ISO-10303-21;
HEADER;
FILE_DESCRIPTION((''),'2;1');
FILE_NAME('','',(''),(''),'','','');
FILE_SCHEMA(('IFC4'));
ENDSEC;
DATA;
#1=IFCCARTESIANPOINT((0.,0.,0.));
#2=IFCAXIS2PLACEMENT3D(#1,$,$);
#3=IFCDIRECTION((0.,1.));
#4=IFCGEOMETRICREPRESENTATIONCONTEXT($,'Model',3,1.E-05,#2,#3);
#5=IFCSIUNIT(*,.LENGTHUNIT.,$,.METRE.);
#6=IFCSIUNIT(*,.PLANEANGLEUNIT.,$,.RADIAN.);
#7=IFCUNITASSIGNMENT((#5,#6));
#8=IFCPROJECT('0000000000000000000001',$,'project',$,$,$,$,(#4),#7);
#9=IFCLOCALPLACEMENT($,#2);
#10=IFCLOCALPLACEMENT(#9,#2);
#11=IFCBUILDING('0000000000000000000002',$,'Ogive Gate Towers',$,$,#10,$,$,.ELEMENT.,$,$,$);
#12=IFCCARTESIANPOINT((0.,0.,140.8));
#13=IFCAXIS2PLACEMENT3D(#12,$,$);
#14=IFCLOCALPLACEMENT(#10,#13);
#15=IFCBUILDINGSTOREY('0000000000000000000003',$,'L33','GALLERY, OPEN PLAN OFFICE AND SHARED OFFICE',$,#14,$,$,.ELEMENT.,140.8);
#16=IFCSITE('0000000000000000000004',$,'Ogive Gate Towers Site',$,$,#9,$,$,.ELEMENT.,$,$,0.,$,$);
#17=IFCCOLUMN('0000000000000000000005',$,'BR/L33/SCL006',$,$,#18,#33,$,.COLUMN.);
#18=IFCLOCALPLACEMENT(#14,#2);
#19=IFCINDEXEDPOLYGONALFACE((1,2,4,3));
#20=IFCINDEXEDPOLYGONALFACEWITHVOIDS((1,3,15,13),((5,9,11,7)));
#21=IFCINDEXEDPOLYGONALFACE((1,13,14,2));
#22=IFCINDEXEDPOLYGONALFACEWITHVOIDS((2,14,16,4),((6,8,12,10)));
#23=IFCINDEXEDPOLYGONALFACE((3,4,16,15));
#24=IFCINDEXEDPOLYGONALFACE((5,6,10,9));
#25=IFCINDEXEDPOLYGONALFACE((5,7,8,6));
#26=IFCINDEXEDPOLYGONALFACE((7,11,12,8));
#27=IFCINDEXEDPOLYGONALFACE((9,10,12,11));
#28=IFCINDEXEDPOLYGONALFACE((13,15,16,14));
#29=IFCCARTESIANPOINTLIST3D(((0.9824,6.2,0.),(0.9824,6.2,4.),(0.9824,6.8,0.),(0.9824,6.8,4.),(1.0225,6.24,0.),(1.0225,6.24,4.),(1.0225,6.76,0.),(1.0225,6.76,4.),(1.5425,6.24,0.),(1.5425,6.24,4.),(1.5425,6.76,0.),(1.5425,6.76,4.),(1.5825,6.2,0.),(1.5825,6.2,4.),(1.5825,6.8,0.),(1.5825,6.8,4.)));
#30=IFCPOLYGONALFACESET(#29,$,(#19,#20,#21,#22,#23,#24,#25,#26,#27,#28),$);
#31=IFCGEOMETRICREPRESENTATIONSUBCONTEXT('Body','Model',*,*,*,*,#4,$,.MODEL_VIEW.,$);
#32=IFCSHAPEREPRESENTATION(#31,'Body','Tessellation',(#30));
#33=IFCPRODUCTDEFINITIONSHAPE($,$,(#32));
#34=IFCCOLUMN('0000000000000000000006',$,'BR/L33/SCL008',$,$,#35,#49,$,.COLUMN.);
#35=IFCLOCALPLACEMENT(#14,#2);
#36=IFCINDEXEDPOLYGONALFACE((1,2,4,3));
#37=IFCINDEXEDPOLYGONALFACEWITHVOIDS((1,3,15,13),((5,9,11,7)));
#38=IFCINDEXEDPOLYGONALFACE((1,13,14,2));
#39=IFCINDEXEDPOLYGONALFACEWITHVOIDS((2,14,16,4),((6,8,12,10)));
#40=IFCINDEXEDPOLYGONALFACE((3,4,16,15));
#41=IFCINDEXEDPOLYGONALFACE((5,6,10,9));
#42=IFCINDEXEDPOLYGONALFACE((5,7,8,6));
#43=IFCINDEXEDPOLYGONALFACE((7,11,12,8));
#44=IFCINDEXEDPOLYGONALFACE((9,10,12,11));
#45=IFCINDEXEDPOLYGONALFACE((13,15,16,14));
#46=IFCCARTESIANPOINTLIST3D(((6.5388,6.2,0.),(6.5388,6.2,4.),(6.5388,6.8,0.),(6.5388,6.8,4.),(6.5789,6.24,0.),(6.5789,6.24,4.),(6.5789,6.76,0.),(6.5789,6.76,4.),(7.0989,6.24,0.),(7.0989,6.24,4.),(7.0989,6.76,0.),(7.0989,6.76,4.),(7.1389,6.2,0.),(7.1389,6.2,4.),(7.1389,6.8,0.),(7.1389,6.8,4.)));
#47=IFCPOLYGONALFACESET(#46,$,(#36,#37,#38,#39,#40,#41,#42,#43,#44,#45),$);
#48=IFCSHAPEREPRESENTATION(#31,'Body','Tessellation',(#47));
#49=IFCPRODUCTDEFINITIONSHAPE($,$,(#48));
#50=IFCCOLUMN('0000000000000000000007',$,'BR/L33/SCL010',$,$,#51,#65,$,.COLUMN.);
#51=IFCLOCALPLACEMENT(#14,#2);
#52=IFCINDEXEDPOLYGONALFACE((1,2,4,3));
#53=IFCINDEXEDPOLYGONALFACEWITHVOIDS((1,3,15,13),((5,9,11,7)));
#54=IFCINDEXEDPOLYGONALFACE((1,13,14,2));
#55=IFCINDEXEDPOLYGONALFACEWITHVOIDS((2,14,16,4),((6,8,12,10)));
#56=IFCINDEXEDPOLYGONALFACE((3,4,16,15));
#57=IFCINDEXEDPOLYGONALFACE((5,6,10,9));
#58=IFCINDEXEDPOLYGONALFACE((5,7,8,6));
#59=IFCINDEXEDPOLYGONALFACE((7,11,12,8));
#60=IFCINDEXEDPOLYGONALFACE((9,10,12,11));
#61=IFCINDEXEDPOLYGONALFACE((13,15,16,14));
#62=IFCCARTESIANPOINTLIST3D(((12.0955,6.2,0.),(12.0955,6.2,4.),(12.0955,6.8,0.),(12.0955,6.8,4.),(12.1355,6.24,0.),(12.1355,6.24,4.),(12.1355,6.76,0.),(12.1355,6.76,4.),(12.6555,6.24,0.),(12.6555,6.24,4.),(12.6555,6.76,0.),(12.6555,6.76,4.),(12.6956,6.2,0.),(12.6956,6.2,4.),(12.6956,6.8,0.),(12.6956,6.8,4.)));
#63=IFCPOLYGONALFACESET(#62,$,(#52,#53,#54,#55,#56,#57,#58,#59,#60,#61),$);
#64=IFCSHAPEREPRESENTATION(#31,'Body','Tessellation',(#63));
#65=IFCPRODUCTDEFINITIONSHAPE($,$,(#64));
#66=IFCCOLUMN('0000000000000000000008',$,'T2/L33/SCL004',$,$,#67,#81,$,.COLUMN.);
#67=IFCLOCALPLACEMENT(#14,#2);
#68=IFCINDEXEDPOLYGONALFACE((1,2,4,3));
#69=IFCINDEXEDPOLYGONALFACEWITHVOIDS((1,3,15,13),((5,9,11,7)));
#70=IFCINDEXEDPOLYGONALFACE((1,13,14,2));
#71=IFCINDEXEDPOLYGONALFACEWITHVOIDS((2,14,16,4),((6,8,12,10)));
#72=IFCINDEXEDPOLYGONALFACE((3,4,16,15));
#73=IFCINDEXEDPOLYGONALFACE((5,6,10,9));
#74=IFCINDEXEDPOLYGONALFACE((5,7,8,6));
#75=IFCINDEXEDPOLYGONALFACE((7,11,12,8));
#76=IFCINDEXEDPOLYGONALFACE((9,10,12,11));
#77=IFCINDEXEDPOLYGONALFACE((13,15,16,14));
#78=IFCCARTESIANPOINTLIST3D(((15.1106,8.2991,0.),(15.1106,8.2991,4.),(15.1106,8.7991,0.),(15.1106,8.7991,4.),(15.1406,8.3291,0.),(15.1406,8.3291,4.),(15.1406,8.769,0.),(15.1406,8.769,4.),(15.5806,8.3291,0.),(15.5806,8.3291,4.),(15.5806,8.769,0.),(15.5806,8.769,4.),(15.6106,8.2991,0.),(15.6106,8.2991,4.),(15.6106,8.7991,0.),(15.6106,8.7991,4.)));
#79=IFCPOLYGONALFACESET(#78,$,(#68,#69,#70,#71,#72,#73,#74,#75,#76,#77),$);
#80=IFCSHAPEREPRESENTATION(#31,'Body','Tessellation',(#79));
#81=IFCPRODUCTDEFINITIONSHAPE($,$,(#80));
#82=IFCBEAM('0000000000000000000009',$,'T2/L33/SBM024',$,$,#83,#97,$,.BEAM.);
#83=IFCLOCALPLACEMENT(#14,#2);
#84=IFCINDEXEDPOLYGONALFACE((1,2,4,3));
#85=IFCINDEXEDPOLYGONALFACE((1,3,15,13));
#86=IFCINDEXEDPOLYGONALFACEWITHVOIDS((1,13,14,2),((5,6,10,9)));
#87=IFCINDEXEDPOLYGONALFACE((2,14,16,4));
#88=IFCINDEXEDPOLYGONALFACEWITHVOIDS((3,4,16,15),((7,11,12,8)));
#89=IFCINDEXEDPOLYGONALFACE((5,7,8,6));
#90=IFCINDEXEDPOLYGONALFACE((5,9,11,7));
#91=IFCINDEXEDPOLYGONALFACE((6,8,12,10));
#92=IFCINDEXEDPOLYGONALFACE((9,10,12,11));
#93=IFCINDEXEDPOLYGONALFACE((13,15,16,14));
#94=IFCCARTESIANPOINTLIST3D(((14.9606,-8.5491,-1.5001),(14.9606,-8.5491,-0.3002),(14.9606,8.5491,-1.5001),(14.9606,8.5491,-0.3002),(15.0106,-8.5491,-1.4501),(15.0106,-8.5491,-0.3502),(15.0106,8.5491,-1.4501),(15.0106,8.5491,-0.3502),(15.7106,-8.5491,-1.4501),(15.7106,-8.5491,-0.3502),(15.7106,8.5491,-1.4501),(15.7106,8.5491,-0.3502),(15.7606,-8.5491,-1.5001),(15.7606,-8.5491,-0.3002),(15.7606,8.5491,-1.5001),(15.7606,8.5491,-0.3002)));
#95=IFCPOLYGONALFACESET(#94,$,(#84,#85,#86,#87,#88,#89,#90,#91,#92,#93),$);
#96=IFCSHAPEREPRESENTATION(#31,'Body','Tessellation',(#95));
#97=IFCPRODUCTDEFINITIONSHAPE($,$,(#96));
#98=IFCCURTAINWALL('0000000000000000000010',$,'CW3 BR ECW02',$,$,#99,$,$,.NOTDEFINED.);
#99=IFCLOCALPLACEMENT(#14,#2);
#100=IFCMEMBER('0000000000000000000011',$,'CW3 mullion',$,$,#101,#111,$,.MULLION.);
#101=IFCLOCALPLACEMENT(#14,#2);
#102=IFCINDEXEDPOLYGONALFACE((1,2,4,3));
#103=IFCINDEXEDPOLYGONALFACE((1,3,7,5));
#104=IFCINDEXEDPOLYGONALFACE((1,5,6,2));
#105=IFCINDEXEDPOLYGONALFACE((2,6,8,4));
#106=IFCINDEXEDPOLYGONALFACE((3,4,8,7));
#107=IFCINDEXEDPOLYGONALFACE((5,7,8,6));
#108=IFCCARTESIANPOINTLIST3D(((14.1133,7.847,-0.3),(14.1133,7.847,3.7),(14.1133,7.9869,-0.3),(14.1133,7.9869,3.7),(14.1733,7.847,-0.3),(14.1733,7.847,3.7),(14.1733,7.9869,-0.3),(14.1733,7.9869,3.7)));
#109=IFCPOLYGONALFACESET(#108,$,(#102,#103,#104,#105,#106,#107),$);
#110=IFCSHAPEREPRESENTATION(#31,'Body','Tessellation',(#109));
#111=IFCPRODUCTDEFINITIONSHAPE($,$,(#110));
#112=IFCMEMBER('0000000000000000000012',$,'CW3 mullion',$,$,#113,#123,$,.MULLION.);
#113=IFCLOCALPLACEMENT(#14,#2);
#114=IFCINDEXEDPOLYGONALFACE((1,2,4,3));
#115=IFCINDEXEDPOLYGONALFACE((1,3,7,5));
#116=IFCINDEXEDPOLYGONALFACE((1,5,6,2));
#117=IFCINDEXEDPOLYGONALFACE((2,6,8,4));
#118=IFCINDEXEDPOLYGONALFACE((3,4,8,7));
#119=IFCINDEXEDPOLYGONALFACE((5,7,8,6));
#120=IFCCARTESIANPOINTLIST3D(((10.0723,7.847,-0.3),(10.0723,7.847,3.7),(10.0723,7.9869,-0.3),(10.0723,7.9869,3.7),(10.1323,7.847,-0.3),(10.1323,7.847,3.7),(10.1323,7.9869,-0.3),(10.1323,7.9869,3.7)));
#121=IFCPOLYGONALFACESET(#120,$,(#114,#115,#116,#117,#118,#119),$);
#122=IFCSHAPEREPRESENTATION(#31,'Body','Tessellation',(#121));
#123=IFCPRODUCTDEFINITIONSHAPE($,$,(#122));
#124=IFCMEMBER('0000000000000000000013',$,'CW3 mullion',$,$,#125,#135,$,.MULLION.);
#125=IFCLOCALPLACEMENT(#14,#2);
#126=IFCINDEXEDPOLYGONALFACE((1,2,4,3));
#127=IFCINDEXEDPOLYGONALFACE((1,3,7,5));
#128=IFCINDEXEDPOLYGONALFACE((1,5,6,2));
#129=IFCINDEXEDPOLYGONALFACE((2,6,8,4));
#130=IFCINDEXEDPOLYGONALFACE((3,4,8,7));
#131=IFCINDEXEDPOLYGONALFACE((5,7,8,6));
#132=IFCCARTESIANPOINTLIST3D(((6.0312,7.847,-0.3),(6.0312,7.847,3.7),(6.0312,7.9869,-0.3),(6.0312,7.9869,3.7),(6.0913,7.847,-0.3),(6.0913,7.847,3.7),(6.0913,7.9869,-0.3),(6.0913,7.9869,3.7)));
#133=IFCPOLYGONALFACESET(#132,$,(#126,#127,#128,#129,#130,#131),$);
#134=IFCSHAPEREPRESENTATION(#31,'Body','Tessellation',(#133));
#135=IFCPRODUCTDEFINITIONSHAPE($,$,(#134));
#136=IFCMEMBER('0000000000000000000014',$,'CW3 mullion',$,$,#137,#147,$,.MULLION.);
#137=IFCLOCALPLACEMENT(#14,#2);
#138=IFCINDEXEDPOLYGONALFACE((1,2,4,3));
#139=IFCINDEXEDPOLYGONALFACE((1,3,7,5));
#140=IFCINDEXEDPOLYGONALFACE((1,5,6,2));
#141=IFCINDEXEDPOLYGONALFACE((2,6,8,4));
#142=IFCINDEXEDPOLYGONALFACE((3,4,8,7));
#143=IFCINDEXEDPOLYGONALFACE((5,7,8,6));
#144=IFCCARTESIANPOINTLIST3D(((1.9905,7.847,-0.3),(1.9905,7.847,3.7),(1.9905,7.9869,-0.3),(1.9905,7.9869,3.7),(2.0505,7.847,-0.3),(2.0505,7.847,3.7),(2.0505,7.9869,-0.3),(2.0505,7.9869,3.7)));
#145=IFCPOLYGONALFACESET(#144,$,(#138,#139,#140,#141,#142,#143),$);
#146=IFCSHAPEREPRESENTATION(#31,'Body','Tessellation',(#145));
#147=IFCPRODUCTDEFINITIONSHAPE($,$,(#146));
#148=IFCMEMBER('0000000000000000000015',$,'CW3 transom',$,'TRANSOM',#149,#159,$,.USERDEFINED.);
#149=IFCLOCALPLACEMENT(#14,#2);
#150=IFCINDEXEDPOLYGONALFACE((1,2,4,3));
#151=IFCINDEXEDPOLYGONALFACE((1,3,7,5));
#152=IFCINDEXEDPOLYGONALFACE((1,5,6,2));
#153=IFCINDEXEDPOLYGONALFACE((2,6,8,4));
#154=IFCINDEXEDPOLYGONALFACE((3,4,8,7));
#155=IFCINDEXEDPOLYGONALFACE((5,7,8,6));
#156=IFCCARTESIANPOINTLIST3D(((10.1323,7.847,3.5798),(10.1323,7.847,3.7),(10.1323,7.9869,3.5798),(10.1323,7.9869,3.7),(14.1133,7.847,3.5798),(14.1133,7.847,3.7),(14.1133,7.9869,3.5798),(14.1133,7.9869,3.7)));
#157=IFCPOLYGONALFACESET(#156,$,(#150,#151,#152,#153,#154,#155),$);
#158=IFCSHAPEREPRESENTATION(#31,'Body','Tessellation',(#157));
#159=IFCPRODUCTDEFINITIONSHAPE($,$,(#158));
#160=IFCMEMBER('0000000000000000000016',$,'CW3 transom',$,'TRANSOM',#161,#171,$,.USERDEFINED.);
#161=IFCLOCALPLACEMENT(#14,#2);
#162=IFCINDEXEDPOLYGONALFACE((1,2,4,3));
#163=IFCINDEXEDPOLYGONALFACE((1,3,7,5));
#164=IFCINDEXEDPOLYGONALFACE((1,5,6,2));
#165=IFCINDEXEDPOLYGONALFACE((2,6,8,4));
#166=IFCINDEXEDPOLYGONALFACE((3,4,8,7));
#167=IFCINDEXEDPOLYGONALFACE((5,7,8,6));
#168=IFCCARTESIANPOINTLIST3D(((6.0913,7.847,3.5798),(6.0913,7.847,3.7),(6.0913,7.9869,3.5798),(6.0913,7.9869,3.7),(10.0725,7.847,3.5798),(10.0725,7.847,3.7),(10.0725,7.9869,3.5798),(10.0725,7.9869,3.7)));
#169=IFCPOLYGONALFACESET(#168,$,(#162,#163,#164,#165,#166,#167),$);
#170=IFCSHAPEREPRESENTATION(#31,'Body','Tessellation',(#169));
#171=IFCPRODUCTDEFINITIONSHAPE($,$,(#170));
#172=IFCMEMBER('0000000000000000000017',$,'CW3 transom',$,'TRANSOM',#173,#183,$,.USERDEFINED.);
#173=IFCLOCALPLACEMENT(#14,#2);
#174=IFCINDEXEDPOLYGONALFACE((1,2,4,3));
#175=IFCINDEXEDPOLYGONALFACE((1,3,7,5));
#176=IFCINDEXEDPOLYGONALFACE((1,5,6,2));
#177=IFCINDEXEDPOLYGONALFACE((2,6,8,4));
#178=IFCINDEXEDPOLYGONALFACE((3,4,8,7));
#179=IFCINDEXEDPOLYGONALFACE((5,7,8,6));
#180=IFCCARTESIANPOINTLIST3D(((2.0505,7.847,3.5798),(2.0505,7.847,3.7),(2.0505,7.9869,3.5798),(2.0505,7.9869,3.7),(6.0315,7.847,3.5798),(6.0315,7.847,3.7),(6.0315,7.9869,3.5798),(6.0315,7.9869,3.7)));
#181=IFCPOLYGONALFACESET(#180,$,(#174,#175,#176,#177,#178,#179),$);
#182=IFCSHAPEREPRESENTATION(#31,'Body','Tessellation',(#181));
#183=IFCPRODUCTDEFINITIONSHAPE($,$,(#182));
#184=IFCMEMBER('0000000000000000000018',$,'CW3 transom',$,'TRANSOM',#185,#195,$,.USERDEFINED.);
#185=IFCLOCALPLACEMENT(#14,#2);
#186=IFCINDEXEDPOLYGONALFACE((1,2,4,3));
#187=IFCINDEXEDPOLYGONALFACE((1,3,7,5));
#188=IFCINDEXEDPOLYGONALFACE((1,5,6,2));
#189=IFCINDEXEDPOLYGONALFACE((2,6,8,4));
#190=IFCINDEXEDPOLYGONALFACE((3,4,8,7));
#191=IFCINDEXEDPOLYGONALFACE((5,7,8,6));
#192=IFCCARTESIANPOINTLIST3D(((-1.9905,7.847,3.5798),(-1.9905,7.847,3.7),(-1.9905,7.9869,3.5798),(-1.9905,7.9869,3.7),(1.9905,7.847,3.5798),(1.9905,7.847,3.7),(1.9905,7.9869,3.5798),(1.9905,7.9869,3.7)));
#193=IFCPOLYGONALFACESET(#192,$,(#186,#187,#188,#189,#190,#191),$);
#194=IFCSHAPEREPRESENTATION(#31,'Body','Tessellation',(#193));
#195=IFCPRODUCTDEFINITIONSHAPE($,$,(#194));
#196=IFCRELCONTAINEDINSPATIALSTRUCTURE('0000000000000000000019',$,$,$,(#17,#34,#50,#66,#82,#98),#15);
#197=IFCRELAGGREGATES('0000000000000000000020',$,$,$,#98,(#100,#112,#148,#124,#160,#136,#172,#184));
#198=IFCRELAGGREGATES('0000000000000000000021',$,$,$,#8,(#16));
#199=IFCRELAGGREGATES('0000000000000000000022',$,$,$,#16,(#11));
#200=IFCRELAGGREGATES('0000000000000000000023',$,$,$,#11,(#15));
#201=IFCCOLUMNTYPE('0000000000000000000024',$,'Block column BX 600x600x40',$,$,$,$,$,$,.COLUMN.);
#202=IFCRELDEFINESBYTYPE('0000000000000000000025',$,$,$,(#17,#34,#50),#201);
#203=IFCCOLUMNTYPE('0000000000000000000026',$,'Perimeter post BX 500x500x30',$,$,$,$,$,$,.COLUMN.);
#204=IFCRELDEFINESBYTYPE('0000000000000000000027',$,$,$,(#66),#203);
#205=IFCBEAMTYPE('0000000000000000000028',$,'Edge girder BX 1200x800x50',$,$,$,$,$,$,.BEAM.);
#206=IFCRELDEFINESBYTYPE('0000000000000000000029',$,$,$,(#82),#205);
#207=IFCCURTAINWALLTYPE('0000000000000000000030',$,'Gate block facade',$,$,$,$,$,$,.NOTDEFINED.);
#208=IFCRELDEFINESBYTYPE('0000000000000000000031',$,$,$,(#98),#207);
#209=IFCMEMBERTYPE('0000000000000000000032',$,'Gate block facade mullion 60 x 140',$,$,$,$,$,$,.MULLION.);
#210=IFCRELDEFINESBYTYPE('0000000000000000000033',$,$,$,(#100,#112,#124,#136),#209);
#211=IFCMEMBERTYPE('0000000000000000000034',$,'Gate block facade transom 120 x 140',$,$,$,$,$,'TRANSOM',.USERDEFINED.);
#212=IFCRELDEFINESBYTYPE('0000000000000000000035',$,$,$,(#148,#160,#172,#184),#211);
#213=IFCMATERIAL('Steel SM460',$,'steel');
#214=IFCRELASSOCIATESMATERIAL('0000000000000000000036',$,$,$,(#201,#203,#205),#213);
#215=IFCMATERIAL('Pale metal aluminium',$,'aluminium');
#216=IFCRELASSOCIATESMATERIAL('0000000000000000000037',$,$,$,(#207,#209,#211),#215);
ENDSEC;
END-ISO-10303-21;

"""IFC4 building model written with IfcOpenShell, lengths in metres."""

from ifc_helpers import new_model, si_unit, direction, frame, origin, origin_2d, place, context, subcontext, project, spatial, rectangle, hollow_rectangle, extrude, material, material_profile, profile_set, type_object, element, aggregate, save


model = new_model("IFC4")

# Units and contexts
model_context = context("Model", 3, precision=1e-05, world=origin(), true_north=direction((0.0, 1.0)))
body_context = subcontext(model_context, "Body", "Model", "MODEL_VIEW")
ifc_project = project(units=[si_unit("LENGTHUNIT", "METRE"), si_unit("PLANEANGLEUNIT", "RADIAN")], contexts=[model_context])

# Site, building, storey
site_placement = place(None, origin())
site = spatial("IfcSite", under=ifc_project, at=site_placement, Name="Ogive Gate Towers Site", CompositionType="ELEMENT", RefElevation=0.0)
building_placement = place(site_placement, origin())
building = spatial("IfcBuilding", under=site, at=building_placement, Name="Ogive Gate Towers", CompositionType="ELEMENT")
storey_placement = place(building_placement, frame((0.0, 0.0, 140.8)))
storey = spatial("IfcBuildingStorey", under=building, at=storey_placement, Name="L33", Description="GALLERY, OPEN PLAN OFFICE AND SHARED OFFICE", CompositionType="ELEMENT", Elevation=140.8)

# Columns
ifc_material_1 = material(Name="Steel SM460", Category="steel")
ifc_material_profile_1 = material_profile(ifc_material_1, hollow_rectangle(XDim=0.6001, YDim=0.6001, WallThickness=0.04, at=origin_2d()), Name="BX 600x600x40")
ifc_profile_set_1 = profile_set([ifc_material_profile_1], Name="Steel SM460")
column_type_1 = type_object("IfcColumnType", Name="Block column BX 600x600x40", PredefinedType="COLUMN", material=ifc_profile_set_1)
for number, where, z_axis, x_axis, name in (
    (1, (1.2825, 6.5, 0.0), (0.0, 0.0, 1.0), (1.0, 0.0, 0.0), "BR/L33/SCL006"),
    (2, (6.8389, 6.5, 0.0), (0.0, 0.0, 1.0), (1.0, 0.0, 0.0), "BR/L33/SCL008"),
    (3, (12.3955, 6.5, 0.0), (0.0, 0.0, 1.0), (1.0, 0.0, 0.0), "BR/L33/SCL010"),
):
    element("IfcColumn", number, at=place(storey_placement, frame(where, z_axis=z_axis, x_axis=x_axis)), inside=storey, type_object=column_type_1, Name=name, PredefinedType="COLUMN", context=body_context, shape_type="SweptSolid", body=[
        extrude(hollow_rectangle(XDim=0.6001, YDim=0.6001, WallThickness=0.04, at=origin_2d()), origin(), (0.0, 0.0, 1.0), 4.0),
    ])
ifc_material_profile_2 = material_profile(ifc_material_1, hollow_rectangle(XDim=0.5, YDim=0.5, WallThickness=0.03, at=origin_2d()), Name="BX 500x500x30")
ifc_profile_set_2 = profile_set([ifc_material_profile_2], Name="Steel SM460")
column_type_2 = type_object("IfcColumnType", Name="Perimeter post BX 500x500x30", PredefinedType="COLUMN", material=ifc_profile_set_2)
column_placement = place(storey_placement, frame((15.3606, 8.5491, 0.0), z_axis=(0.0, 0.0, 1.0), x_axis=(1.0, 0.0, 0.0)))
element("IfcColumn", 4, at=column_placement, inside=storey, type_object=column_type_2, Name="T2/L33/SCL004", PredefinedType="COLUMN", context=body_context, shape_type="SweptSolid", body=[
    extrude(hollow_rectangle(XDim=0.5, YDim=0.5, WallThickness=0.03, at=origin_2d()), origin(), (0.0, 0.0, 1.0), 4.0),
])

# Beam
ifc_material_profile_3 = material_profile(ifc_material_1, hollow_rectangle(XDim=0.8, YDim=1.2, WallThickness=0.05, at=origin_2d()), Name="BX 1200x800x50")
ifc_profile_set_3 = profile_set([ifc_material_profile_3], Name="Steel SM460")
beam_type = type_object("IfcBeamType", Name="Edge girder BX 1200x800x50", PredefinedType="BEAM", material=ifc_profile_set_3)
beam_placement = place(storey_placement, frame((15.3606, 8.5491, -0.9001), z_axis=(0.0, -1.0, 0.0), x_axis=(1.0, 0.0, 0.0)))
element("IfcBeam", 5, at=beam_placement, inside=storey, type_object=beam_type, Name="T2/L33/SBM024", PredefinedType="BEAM", context=body_context, shape_type="SweptSolid", body=[
    extrude(hollow_rectangle(XDim=0.8, YDim=1.2, WallThickness=0.05, at=origin_2d()), origin(), (0.0, 0.0, 1.0), 17.0981),
])

# Curtain wall, members
ifc_material_2 = material(Name="Pale metal aluminium", Category="aluminium")
curtain_wall_type_1 = type_object("IfcCurtainWallType", Name="Gate block facade", PredefinedType="NOTDEFINED", material=ifc_material_2)
curtain_wall_1_placement = place(storey_placement, origin())
curtain_wall_1 = element("IfcCurtainWall", 6, at=curtain_wall_1_placement, inside=storey, type_object=curtain_wall_type_1, Name="CW3 BR ECW02", PredefinedType="NOTDEFINED")
ifc_material_profile_4 = material_profile(ifc_material_2, rectangle(XDim=0.1399, YDim=0.0601, at=origin_2d()), Name="60 x 140 aluminium box")
ifc_profile_set_4 = profile_set([ifc_material_profile_4], Name="Pale metal aluminium")
member_type_1 = type_object("IfcMemberType", Name="Gate block facade mullion 60 x 140", PredefinedType="MULLION", material=ifc_profile_set_4)
member_1_placement = place(storey_placement, frame((14.1433, 7.917, -0.3), z_axis=(0.0, 0.0, 1.0), x_axis=(0.0, 1.0, 0.0)))
member_1 = element("IfcMember", 7, at=member_1_placement, type_object=member_type_1, Name="CW3 mullion", PredefinedType="MULLION", context=body_context, shape_type="SweptSolid", body=[
    extrude(rectangle(XDim=0.1399, YDim=0.0601, at=origin_2d()), origin(), (0.0, 0.0, 1.0), 4.0),
])
member_2_placement = place(storey_placement, frame((10.1023, 7.917, -0.3), z_axis=(0.0, 0.0, 1.0), x_axis=(0.0, 1.0, 0.0)))
member_2 = element("IfcMember", 8, at=member_2_placement, type_object=member_type_1, Name="CW3 mullion", PredefinedType="MULLION", context=body_context, shape_type="SweptSolid", body=[
    extrude(rectangle(XDim=0.1399, YDim=0.0601, at=origin_2d()), origin(), (0.0, 0.0, 1.0), 4.0),
])
member_3_placement = place(storey_placement, frame((6.0613, 7.917, -0.3), z_axis=(0.0, 0.0, 1.0), x_axis=(0.0, 1.0, 0.0)))
member_3 = element("IfcMember", 9, at=member_3_placement, type_object=member_type_1, Name="CW3 mullion", PredefinedType="MULLION", context=body_context, shape_type="SweptSolid", body=[
    extrude(rectangle(XDim=0.1399, YDim=0.0601, at=origin_2d()), origin(), (0.0, 0.0, 1.0), 4.0),
])
member_4_placement = place(storey_placement, frame((2.0205, 7.917, -0.3), z_axis=(0.0, 0.0, 1.0), x_axis=(0.0, 1.0, 0.0)))
member_4 = element("IfcMember", 10, at=member_4_placement, type_object=member_type_1, Name="CW3 mullion", PredefinedType="MULLION", context=body_context, shape_type="SweptSolid", body=[
    extrude(rectangle(XDim=0.1399, YDim=0.0601, at=origin_2d()), origin(), (0.0, 0.0, 1.0), 4.0),
])
ifc_material_profile_5 = material_profile(ifc_material_2, rectangle(XDim=0.1399, YDim=0.1201, at=origin_2d()), Name="120 x 140 aluminium box")
ifc_profile_set_5 = profile_set([ifc_material_profile_5], Name="Pale metal aluminium")
member_type_2 = type_object("IfcMemberType", Name="Gate block facade transom 120 x 140", ElementType="TRANSOM", PredefinedType="USERDEFINED", material=ifc_profile_set_5)
member_5_placement = place(storey_placement, frame((14.1133, 7.917, 3.6399), z_axis=(-1.0, 0.0, 0.0), x_axis=(0.0, -1.0, 0.0)))
member_5 = element("IfcMember", 11, at=member_5_placement, type_object=member_type_2, Name="CW3 transom", ObjectType="TRANSOM", PredefinedType="USERDEFINED", context=body_context, shape_type="SweptSolid", body=[
    extrude(rectangle(XDim=0.1399, YDim=0.1201, at=origin_2d()), origin(), (0.0, 0.0, 1.0), 3.981),
])
member_6_placement = place(storey_placement, frame((10.0725, 7.917, 3.6399), z_axis=(-1.0, 0.0, 0.0), x_axis=(0.0, -1.0, 0.0)))
member_6 = element("IfcMember", 12, at=member_6_placement, type_object=member_type_2, Name="CW3 transom", ObjectType="TRANSOM", PredefinedType="USERDEFINED", context=body_context, shape_type="SweptSolid", body=[
    extrude(rectangle(XDim=0.1399, YDim=0.1201, at=origin_2d()), origin(), (0.0, 0.0, 1.0), 3.9812),
])
member_7_placement = place(storey_placement, frame((6.0315, 7.917, 3.6399), z_axis=(-1.0, 0.0, 0.0), x_axis=(0.0, -1.0, 0.0)))
member_7 = element("IfcMember", 13, at=member_7_placement, type_object=member_type_2, Name="CW3 transom", ObjectType="TRANSOM", PredefinedType="USERDEFINED", context=body_context, shape_type="SweptSolid", body=[
    extrude(rectangle(XDim=0.1399, YDim=0.1201, at=origin_2d()), origin(), (0.0, 0.0, 1.0), 3.981),
])
member_8_placement = place(storey_placement, frame((1.9905, 7.917, 3.6399), z_axis=(-1.0, 0.0, 0.0), x_axis=(0.0, -1.0, 0.0)))
member_8 = element("IfcMember", 14, at=member_8_placement, type_object=member_type_2, Name="CW3 transom", ObjectType="TRANSOM", PredefinedType="USERDEFINED", context=body_context, shape_type="SweptSolid", body=[
    extrude(rectangle(XDim=0.1399, YDim=0.1201, at=origin_2d()), origin(), (0.0, 0.0, 1.0), 3.981),
])

aggregate(curtain_wall_1, [member_1, member_2, member_5, member_3, member_6, member_4, member_7, member_8])

save(model, "model.ifc")
